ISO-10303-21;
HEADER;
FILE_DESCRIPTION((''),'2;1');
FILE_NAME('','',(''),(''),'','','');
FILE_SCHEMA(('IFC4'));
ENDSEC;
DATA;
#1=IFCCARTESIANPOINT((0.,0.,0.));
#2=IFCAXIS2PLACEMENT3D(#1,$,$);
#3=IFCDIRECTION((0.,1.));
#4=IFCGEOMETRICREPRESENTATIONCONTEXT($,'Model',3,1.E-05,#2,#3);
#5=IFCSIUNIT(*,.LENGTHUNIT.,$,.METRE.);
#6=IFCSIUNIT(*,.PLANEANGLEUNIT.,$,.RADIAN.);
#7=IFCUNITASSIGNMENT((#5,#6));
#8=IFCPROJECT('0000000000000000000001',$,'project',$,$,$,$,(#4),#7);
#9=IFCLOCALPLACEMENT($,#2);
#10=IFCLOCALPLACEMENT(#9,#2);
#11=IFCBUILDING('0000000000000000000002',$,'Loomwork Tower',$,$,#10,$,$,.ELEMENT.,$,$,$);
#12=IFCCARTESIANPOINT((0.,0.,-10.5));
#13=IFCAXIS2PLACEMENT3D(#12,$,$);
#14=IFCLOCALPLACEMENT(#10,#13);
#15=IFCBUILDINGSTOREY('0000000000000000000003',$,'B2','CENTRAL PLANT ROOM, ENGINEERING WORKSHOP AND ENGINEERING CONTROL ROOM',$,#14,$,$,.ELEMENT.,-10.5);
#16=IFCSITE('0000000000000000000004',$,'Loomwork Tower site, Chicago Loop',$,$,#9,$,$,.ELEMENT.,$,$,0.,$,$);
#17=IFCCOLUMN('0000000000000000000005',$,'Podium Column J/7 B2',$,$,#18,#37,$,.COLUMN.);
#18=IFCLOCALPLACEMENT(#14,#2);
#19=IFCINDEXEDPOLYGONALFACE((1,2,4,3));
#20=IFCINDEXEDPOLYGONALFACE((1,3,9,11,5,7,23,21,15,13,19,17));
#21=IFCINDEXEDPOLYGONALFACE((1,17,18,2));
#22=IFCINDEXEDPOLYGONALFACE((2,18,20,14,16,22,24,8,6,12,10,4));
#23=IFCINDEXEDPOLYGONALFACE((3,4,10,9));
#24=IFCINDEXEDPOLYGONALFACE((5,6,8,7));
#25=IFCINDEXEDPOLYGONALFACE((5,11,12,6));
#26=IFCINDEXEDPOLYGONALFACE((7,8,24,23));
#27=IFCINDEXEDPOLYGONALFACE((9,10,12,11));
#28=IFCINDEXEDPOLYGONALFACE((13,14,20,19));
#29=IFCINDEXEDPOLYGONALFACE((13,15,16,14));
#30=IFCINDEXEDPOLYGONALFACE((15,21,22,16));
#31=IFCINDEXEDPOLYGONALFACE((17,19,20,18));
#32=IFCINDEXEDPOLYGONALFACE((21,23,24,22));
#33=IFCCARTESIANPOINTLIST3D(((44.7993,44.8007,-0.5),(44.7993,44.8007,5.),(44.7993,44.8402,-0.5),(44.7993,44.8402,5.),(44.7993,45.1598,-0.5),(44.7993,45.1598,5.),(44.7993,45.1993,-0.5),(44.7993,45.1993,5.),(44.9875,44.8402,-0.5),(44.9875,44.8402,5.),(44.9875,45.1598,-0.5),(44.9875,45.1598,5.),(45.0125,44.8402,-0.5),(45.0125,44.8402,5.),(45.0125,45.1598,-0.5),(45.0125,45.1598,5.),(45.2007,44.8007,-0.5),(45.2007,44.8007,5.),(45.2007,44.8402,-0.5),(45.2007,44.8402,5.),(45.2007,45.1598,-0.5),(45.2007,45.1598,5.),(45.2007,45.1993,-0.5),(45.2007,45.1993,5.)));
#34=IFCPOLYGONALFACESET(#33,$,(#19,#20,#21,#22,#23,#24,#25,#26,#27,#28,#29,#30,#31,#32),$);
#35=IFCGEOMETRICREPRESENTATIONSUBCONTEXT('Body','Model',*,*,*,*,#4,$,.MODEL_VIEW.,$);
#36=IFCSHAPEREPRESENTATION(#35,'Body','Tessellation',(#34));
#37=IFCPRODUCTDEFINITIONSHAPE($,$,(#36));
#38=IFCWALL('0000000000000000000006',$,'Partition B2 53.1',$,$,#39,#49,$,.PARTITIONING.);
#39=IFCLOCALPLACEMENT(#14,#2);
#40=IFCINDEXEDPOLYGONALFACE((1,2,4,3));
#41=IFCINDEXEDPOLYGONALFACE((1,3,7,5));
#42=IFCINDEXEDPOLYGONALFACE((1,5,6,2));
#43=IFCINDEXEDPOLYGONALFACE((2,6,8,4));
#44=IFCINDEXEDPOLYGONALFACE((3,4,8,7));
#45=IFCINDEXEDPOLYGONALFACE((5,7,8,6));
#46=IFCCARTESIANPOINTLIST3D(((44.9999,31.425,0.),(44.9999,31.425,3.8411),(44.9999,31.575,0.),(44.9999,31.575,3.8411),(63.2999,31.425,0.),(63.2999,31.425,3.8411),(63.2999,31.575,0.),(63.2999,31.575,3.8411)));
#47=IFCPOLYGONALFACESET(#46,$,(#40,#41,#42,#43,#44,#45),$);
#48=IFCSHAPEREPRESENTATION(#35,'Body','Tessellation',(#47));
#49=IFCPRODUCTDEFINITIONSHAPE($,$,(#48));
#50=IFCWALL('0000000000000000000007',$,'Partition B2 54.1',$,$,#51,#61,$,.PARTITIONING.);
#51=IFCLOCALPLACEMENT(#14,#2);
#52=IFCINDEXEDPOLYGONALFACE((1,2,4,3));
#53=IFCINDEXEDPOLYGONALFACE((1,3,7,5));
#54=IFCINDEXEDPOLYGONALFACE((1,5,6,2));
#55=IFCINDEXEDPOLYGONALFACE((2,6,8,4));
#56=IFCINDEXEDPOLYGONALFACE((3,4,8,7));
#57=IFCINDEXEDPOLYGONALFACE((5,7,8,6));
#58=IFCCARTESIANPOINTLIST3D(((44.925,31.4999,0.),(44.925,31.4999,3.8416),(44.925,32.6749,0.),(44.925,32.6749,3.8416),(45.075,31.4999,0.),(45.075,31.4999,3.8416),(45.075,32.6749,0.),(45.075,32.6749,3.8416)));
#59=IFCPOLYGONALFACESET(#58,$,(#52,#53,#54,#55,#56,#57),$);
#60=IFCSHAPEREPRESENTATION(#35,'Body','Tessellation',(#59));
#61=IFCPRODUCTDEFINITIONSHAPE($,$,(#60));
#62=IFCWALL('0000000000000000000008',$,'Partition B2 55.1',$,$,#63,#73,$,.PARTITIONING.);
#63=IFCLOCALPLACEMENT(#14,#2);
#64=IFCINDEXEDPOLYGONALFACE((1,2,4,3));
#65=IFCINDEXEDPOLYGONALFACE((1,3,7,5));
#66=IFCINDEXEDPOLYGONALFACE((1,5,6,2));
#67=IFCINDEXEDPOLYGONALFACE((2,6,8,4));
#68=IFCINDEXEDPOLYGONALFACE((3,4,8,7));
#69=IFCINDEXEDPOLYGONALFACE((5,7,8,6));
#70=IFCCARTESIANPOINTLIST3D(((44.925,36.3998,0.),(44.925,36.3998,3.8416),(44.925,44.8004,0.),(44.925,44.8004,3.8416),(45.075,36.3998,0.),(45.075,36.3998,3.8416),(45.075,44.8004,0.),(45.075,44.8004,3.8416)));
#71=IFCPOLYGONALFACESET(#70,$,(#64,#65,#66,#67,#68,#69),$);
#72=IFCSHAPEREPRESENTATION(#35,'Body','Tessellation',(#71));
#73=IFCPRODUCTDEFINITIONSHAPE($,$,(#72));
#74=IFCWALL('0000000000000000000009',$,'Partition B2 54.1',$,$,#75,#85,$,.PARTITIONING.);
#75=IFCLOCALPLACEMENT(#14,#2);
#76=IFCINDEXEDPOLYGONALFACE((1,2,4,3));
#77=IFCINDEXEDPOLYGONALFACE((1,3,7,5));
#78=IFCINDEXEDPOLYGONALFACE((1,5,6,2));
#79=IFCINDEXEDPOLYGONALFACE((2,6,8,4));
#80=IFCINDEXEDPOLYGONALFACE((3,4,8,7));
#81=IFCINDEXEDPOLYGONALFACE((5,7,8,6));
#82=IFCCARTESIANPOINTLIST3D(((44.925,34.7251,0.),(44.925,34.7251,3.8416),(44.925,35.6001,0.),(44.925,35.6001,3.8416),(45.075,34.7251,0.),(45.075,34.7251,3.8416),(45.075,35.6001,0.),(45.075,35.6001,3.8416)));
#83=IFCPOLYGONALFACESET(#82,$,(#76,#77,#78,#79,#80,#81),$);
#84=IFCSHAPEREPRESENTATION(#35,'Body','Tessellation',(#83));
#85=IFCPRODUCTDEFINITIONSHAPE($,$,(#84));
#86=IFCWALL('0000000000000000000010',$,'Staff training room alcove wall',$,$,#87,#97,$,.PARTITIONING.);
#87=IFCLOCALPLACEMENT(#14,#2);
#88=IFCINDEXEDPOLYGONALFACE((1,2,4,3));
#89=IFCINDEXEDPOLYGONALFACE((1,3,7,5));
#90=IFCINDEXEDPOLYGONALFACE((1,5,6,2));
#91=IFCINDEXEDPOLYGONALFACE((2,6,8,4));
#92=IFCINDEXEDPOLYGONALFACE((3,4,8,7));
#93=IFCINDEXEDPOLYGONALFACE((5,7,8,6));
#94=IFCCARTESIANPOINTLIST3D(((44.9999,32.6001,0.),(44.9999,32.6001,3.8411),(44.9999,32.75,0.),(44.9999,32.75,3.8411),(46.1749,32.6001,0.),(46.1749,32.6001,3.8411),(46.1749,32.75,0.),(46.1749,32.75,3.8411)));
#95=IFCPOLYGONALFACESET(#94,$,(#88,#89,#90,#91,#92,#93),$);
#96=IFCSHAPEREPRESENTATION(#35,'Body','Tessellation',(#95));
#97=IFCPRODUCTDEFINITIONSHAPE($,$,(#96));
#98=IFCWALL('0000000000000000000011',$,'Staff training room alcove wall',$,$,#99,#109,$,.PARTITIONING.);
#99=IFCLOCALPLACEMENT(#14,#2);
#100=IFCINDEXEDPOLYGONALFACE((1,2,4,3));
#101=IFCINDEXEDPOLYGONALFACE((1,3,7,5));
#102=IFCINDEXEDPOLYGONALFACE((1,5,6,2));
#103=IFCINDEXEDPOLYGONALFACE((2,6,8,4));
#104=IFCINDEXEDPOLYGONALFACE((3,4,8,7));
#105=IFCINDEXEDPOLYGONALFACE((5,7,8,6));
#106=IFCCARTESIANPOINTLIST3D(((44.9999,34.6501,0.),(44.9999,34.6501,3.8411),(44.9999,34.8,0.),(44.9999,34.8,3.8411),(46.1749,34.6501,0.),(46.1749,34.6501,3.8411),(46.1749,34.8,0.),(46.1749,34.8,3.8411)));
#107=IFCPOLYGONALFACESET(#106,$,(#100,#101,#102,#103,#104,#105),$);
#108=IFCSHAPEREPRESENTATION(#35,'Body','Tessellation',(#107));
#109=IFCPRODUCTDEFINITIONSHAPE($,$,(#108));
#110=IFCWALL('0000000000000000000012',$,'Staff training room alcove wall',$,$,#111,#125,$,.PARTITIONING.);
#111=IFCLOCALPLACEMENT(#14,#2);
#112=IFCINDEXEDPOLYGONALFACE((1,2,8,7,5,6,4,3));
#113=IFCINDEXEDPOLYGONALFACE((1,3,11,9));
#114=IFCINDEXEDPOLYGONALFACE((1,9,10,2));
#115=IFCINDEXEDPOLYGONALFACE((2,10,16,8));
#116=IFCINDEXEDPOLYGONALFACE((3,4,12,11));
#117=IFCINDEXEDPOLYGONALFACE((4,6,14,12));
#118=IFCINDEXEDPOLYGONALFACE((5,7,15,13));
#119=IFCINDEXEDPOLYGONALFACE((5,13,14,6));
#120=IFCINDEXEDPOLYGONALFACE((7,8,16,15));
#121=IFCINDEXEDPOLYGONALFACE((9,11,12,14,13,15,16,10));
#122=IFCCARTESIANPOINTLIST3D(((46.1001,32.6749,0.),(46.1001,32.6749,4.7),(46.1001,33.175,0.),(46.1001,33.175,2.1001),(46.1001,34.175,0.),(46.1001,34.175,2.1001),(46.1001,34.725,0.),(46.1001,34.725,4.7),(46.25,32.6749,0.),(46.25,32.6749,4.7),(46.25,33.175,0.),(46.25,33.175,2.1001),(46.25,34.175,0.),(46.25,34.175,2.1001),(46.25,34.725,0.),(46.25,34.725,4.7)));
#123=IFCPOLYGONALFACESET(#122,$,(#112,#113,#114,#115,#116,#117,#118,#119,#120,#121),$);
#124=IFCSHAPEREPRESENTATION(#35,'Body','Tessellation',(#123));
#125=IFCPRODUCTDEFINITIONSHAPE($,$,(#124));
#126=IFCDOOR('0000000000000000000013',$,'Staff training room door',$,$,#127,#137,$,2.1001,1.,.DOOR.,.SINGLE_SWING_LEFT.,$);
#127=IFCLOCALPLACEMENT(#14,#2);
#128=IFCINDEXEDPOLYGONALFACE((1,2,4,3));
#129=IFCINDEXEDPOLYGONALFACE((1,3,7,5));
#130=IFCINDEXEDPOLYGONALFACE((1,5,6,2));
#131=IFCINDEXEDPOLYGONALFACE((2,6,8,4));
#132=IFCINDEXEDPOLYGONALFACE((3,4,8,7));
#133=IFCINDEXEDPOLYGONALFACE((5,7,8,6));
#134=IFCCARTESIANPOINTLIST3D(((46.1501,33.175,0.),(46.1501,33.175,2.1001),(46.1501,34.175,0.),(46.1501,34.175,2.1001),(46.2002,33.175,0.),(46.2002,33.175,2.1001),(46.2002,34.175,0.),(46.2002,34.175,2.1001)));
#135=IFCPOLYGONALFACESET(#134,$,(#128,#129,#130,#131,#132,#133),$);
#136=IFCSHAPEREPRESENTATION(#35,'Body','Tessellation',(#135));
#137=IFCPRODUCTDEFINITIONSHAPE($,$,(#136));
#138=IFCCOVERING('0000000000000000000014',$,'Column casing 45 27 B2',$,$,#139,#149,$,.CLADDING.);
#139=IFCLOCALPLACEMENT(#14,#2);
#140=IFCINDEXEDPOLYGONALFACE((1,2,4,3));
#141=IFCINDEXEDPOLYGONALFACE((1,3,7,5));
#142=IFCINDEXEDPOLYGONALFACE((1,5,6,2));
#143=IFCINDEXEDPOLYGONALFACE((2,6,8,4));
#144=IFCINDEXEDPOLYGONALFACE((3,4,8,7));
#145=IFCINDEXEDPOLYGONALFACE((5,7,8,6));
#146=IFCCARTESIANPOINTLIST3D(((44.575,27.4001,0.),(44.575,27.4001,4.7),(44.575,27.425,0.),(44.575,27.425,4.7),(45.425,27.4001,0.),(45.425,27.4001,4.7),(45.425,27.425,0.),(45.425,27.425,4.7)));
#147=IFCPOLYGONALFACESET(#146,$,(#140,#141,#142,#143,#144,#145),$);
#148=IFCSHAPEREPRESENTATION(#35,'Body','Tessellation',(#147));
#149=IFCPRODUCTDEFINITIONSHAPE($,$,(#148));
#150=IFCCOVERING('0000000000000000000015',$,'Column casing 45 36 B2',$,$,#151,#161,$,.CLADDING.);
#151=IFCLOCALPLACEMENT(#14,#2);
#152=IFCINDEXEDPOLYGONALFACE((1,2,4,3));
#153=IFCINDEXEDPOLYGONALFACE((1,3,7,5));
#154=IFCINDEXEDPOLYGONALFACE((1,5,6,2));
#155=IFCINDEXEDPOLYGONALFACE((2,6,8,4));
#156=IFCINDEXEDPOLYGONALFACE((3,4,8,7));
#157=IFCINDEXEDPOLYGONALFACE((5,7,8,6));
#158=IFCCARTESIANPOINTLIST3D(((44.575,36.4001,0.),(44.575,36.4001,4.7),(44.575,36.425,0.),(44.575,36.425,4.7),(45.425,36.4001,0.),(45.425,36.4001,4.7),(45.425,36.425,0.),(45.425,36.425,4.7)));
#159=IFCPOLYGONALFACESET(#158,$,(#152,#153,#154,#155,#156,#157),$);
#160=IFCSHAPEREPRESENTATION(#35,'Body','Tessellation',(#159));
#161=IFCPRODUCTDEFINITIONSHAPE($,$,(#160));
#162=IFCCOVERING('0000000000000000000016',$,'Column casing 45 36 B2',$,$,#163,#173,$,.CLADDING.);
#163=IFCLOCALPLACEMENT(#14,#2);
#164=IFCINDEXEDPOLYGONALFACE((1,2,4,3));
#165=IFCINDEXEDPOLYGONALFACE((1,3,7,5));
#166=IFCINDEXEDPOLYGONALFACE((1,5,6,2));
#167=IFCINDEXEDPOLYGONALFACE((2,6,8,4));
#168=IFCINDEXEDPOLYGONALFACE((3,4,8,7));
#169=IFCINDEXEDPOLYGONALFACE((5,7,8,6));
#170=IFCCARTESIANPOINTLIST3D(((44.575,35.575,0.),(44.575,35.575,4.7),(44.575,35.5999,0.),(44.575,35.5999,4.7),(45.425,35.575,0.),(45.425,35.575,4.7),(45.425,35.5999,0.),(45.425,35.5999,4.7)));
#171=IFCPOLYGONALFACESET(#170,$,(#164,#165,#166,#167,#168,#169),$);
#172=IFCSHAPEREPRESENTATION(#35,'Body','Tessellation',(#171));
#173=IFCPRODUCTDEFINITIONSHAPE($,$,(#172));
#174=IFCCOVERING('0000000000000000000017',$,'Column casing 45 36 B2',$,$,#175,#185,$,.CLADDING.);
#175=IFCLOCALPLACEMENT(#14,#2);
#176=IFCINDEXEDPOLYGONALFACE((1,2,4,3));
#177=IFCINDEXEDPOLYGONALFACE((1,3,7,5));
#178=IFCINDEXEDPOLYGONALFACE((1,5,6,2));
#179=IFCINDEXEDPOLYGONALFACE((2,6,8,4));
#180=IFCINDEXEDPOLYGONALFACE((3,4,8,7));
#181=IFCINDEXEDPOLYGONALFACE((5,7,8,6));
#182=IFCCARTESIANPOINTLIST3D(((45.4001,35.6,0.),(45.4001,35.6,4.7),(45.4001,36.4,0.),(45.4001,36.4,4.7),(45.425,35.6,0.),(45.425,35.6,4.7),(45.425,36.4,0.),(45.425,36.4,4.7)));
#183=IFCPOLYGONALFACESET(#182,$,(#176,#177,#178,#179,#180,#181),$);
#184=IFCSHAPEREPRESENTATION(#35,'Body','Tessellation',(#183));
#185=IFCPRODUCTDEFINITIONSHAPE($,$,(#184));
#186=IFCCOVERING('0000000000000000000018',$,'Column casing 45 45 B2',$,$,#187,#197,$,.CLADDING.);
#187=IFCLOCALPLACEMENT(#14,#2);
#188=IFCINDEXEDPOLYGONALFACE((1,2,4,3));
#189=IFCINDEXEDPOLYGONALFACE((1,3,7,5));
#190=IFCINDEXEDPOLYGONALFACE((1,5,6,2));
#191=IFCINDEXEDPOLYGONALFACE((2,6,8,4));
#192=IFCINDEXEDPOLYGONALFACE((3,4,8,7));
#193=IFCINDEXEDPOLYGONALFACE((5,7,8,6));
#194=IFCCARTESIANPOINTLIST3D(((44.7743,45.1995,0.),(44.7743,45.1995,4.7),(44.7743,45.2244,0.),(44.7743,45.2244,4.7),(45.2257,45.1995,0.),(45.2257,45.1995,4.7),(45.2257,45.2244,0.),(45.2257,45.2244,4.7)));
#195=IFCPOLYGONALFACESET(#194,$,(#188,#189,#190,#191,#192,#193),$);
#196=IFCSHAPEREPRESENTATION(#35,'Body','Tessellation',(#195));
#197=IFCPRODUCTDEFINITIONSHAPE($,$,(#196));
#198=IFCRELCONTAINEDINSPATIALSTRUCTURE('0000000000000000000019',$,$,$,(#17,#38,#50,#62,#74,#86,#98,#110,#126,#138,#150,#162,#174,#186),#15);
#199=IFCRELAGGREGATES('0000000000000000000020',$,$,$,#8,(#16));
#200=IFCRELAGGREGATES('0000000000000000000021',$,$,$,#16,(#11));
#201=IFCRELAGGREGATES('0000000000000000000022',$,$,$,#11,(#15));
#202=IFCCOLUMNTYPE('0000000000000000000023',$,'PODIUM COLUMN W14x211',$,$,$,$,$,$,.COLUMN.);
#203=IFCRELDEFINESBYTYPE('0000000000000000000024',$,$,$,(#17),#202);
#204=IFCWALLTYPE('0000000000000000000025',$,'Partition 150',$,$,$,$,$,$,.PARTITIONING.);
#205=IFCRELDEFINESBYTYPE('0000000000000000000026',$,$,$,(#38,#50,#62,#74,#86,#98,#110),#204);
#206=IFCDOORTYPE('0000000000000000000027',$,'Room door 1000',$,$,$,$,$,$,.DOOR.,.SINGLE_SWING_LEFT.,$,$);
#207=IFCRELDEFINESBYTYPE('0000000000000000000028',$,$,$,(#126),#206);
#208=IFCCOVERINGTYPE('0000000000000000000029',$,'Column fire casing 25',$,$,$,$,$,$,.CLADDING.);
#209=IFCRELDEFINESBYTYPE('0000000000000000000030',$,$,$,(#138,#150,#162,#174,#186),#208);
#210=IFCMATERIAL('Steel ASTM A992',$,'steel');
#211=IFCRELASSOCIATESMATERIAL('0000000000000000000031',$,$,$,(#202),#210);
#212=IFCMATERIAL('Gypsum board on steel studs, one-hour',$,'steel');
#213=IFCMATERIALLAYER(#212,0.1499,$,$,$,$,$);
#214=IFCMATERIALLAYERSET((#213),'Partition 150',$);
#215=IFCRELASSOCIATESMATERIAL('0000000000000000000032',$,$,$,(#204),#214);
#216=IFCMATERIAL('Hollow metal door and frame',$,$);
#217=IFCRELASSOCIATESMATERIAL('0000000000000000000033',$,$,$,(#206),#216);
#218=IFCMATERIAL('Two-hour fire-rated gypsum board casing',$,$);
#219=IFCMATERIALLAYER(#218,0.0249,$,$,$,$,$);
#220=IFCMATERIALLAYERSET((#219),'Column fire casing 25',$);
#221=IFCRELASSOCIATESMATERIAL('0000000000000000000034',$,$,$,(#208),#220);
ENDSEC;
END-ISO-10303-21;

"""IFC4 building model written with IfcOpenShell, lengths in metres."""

from ifc_helpers import new_model, si_unit, direction, frame, frame_2d, origin, origin_2d, place, context, subcontext, project, spatial, rectangle, i_section, extrude, material, layer, layer_set, material_profile, profile_set, type_object, element, fill, save


model = new_model("IFC4")

# Units and contexts
model_context = context("Model", 3, precision=1e-05, world=origin(), true_north=direction((0.0, 1.0)))
body_context = subcontext(model_context, "Body", "Model", "MODEL_VIEW")
ifc_project = project(units=[si_unit("LENGTHUNIT", "METRE"), si_unit("PLANEANGLEUNIT", "RADIAN")], contexts=[model_context])

# Site, building, storey
site_placement = place(None, origin())
site = spatial("IfcSite", under=ifc_project, at=site_placement, Name="Loomwork Tower site, Chicago Loop", CompositionType="ELEMENT", RefElevation=0.0)
building_placement = place(site_placement, origin())
building = spatial("IfcBuilding", under=site, at=building_placement, Name="Loomwork Tower", CompositionType="ELEMENT")
storey_placement = place(building_placement, frame((0.0, 0.0, -10.5)))
storey = spatial("IfcBuildingStorey", under=building, at=storey_placement, Name="B2", Description="CENTRAL PLANT ROOM, ENGINEERING WORKSHOP AND ENGINEERING CONTROL ROOM", CompositionType="ELEMENT", Elevation=-10.5)

# Column
ifc_material_1 = material(Name="Steel ASTM A992", Category="steel")
ifc_material_profile_1 = material_profile(ifc_material_1, i_section(OverallWidth=0.4014, OverallDepth=0.3987, WebThickness=0.0249, FlangeThickness=0.0396, at=origin_2d()), Name="W14x211")
ifc_profile_set_1 = profile_set([ifc_material_profile_1], Name="Steel ASTM A992")
column_type_1 = type_object("IfcColumnType", Name="PODIUM COLUMN W14x211", PredefinedType="COLUMN", material=ifc_profile_set_1)
column_placement = place(storey_placement, frame((45.0, 45.0, -0.5), z_axis=(0.0, 0.0, 1.0), x_axis=(1.0, 0.0, 0.0)))
element("IfcColumn", 1, at=column_placement, inside=storey, type_object=column_type_1, Name="Podium Column J/7 B2", PredefinedType="COLUMN", context=body_context, shape_type="SweptSolid", body=[
    extrude(i_section(OverallWidth=0.4014, OverallDepth=0.3987, WebThickness=0.0249, FlangeThickness=0.0396, at=origin_2d()), origin(), (0.0, 0.0, 1.0), 5.5),
])

# Walls
ifc_material_2 = material(Name="Gypsum board on steel studs, one-hour", Category="steel")
ifc_layer_1 = layer(ifc_material_2, 0.1499)
ifc_layer_set_1 = layer_set([ifc_layer_1], Name="Partition 150")
wall_type = type_object("IfcWallType", Name="Partition 150", PredefinedType="PARTITIONING", material=ifc_layer_set_1)
wall_1_placement = place(storey_placement, frame((45.0, 31.5, 0.0), z_axis=(0.0, 0.0, 1.0), x_axis=(1.0, 0.0, 0.0)))
element("IfcWall", 2, at=wall_1_placement, inside=storey, type_object=wall_type, Name="Partition B2 53.1", PredefinedType="PARTITIONING", context=body_context, shape_type="SweptSolid", body=[
    extrude(rectangle(XDim=18.3, YDim=0.1499, at=frame_2d((9.1499, 0.0))), origin(), (0.0, 0.0, 1.0), 3.8411),
])
wall_2_placement = place(storey_placement, frame((45.0, 31.5, 0.0), z_axis=(0.0, 0.0, 1.0), x_axis=(0.0, 1.0, 0.0)))
element("IfcWall", 3, at=wall_2_placement, inside=storey, type_object=wall_type, Name="Partition B2 54.1", PredefinedType="PARTITIONING", context=body_context, shape_type="SweptSolid", body=[
    extrude(rectangle(XDim=1.175, YDim=0.1499, at=frame_2d((0.5874, 0.0))), origin(), (0.0, 0.0, 1.0), 3.8416),
])
wall_3_placement = place(storey_placement, frame((45.0, 36.3999, 0.0), z_axis=(0.0, 0.0, 1.0), x_axis=(0.0, 1.0, 0.0)))
element("IfcWall", 4, at=wall_3_placement, inside=storey, type_object=wall_type, Name="Partition B2 55.1", PredefinedType="PARTITIONING", context=body_context, shape_type="SweptSolid", body=[
    extrude(rectangle(XDim=8.4006, YDim=0.1499, at=frame_2d((4.2002, 0.0))), origin(), (0.0, 0.0, 1.0), 3.8416),
])
wall_4_placement = place(storey_placement, frame((45.0, 34.7251, 0.0), z_axis=(0.0, 0.0, 1.0), x_axis=(0.0, 1.0, 0.0)))
element("IfcWall", 5, at=wall_4_placement, inside=storey, type_object=wall_type, Name="Partition B2 54.1", PredefinedType="PARTITIONING", context=body_context, shape_type="SweptSolid", body=[
    extrude(rectangle(XDim=0.875, YDim=0.1499, at=frame_2d((0.4375, 0.0))), origin(), (0.0, 0.0, 1.0), 3.8416),
])
for number, where, z_axis, x_axis, name in (
    (6, (45.0, 32.675, 0.0), (0.0, 0.0, 1.0), (1.0, 0.0, 0.0), "Staff training room alcove wall"),
    (7, (45.0, 34.7251, 0.0), (0.0, 0.0, 1.0), (1.0, 0.0, 0.0), "Staff training room alcove wall"),
):
    element("IfcWall", number, at=place(storey_placement, frame(where, z_axis=z_axis, x_axis=x_axis)), inside=storey, type_object=wall_type, Name=name, PredefinedType="PARTITIONING", context=body_context, shape_type="SweptSolid", body=[
        extrude(rectangle(XDim=1.175, YDim=0.1499, at=frame_2d((0.5874, 0.0))), origin(), (0.0, 0.0, 1.0), 3.8411),
    ])

# Wall, opening, door
wall_5_placement = place(storey_placement, frame((46.175, 32.675, 0.0), z_axis=(0.0, 0.0, 1.0), x_axis=(0.0, 1.0, 0.0)))
wall_5 = element("IfcWall", 8, at=wall_5_placement, inside=storey, type_object=wall_type, Name="Staff training room alcove wall", PredefinedType="PARTITIONING", context=body_context, shape_type="SweptSolid", body=[
    extrude(rectangle(XDim=2.05, YDim=0.1499, at=frame_2d((1.0249, 0.0))), origin(), (0.0, 0.0, 1.0), 4.7),
])
opening_placement = place(wall_5_placement, frame((0.5, 0.0, 0.0)))
opening = element("IfcOpeningElement", 9, at=opening_placement, cuts=wall_5, PredefinedType="OPENING", context=body_context, shape_type="SweptSolid", body=[
    extrude(rectangle(XDim=1.0, YDim=2.1001, at=frame_2d((0.5, 1.05))), frame((0.0, 0.085, 0.0), z_axis=(0.0, -1.0, 0.0), x_axis=(1.0, 0.0, 0.0)), (0.0, 0.0, 1.0), 0.1699),
])
ifc_material_3 = material(Name="Hollow metal door and frame")
door_type = type_object("IfcDoorType", Name="Room door 1000", OperationType="SINGLE_SWING_LEFT", PredefinedType="DOOR", material=ifc_material_3)
door_placement = place(opening_placement, origin())
door = element("IfcDoor", 10, at=door_placement, inside=storey, type_object=door_type, Name="Staff training room door", OperationType="SINGLE_SWING_LEFT", OverallHeight=2.1001, OverallWidth=1.0, PredefinedType="DOOR", context=body_context, shape_type="SweptSolid", body=[
    extrude(rectangle(XDim=1.0, YDim=2.1001, at=frame_2d((0.5, 1.05))), frame((0.0, 0.0249, 0.0), z_axis=(0.0, -1.0, 0.0), x_axis=(1.0, 0.0, 0.0)), (0.0, 0.0, 1.0), 0.05),
])
fill(opening, door)

# Coverings
ifc_material_4 = material(Name="Two-hour fire-rated gypsum board casing")
ifc_layer_2 = layer(ifc_material_4, 0.0249)
ifc_layer_set_2 = layer_set([ifc_layer_2], Name="Column fire casing 25")
covering_type = type_object("IfcCoveringType", Name="Column fire casing 25", PredefinedType="CLADDING", material=ifc_layer_set_2)
for number, where, z_axis, x_axis, name in (
    (11, (45.0, 27.4126, 0.0), (0.0, 0.0, 1.0), (1.0, 0.0, 0.0), "Column casing 45 27 B2"),
    (12, (45.0, 36.4126, 0.0), (0.0, 0.0, 1.0), (1.0, 0.0, 0.0), "Column casing 45 36 B2"),
    (13, (45.0, 35.5874, 0.0), (0.0, 0.0, 1.0), (1.0, 0.0, 0.0), "Column casing 45 36 B2"),
):
    element("IfcCovering", number, at=place(storey_placement, frame(where, z_axis=z_axis, x_axis=x_axis)), inside=storey, type_object=covering_type, Name=name, PredefinedType="CLADDING", context=body_context, shape_type="SweptSolid", body=[
        extrude(rectangle(XDim=0.8501, YDim=0.0249, at=origin_2d()), origin(), (0.0, 0.0, 1.0), 4.7),
    ])
covering_1_placement = place(storey_placement, frame((45.4126, 36.0, 0.0), z_axis=(0.0, 0.0, 1.0), x_axis=(1.0, 0.0, 0.0)))
element("IfcCovering", 14, at=covering_1_placement, inside=storey, type_object=covering_type, Name="Column casing 45 36 B2", PredefinedType="CLADDING", context=body_context, shape_type="SweptSolid", body=[
    extrude(rectangle(XDim=0.0249, YDim=0.8, at=origin_2d()), origin(), (0.0, 0.0, 1.0), 4.7),
])
for number, where, z_axis, x_axis, name in (
    (15, (45.0, 45.2119, 0.0), (0.0, 0.0, 1.0), (1.0, 0.0, 0.0), "Column casing 45 45 B2"),
):
    element("IfcCovering", number, at=place(storey_placement, frame(where, z_axis=z_axis, x_axis=x_axis)), inside=storey, type_object=covering_type, Name=name, PredefinedType="CLADDING", context=body_context, shape_type="SweptSolid", body=[
        extrude(rectangle(XDim=0.4514, YDim=0.0249, at=origin_2d()), origin(), (0.0, 0.0, 1.0), 4.7),
    ])

save(model, "model.ifc")
